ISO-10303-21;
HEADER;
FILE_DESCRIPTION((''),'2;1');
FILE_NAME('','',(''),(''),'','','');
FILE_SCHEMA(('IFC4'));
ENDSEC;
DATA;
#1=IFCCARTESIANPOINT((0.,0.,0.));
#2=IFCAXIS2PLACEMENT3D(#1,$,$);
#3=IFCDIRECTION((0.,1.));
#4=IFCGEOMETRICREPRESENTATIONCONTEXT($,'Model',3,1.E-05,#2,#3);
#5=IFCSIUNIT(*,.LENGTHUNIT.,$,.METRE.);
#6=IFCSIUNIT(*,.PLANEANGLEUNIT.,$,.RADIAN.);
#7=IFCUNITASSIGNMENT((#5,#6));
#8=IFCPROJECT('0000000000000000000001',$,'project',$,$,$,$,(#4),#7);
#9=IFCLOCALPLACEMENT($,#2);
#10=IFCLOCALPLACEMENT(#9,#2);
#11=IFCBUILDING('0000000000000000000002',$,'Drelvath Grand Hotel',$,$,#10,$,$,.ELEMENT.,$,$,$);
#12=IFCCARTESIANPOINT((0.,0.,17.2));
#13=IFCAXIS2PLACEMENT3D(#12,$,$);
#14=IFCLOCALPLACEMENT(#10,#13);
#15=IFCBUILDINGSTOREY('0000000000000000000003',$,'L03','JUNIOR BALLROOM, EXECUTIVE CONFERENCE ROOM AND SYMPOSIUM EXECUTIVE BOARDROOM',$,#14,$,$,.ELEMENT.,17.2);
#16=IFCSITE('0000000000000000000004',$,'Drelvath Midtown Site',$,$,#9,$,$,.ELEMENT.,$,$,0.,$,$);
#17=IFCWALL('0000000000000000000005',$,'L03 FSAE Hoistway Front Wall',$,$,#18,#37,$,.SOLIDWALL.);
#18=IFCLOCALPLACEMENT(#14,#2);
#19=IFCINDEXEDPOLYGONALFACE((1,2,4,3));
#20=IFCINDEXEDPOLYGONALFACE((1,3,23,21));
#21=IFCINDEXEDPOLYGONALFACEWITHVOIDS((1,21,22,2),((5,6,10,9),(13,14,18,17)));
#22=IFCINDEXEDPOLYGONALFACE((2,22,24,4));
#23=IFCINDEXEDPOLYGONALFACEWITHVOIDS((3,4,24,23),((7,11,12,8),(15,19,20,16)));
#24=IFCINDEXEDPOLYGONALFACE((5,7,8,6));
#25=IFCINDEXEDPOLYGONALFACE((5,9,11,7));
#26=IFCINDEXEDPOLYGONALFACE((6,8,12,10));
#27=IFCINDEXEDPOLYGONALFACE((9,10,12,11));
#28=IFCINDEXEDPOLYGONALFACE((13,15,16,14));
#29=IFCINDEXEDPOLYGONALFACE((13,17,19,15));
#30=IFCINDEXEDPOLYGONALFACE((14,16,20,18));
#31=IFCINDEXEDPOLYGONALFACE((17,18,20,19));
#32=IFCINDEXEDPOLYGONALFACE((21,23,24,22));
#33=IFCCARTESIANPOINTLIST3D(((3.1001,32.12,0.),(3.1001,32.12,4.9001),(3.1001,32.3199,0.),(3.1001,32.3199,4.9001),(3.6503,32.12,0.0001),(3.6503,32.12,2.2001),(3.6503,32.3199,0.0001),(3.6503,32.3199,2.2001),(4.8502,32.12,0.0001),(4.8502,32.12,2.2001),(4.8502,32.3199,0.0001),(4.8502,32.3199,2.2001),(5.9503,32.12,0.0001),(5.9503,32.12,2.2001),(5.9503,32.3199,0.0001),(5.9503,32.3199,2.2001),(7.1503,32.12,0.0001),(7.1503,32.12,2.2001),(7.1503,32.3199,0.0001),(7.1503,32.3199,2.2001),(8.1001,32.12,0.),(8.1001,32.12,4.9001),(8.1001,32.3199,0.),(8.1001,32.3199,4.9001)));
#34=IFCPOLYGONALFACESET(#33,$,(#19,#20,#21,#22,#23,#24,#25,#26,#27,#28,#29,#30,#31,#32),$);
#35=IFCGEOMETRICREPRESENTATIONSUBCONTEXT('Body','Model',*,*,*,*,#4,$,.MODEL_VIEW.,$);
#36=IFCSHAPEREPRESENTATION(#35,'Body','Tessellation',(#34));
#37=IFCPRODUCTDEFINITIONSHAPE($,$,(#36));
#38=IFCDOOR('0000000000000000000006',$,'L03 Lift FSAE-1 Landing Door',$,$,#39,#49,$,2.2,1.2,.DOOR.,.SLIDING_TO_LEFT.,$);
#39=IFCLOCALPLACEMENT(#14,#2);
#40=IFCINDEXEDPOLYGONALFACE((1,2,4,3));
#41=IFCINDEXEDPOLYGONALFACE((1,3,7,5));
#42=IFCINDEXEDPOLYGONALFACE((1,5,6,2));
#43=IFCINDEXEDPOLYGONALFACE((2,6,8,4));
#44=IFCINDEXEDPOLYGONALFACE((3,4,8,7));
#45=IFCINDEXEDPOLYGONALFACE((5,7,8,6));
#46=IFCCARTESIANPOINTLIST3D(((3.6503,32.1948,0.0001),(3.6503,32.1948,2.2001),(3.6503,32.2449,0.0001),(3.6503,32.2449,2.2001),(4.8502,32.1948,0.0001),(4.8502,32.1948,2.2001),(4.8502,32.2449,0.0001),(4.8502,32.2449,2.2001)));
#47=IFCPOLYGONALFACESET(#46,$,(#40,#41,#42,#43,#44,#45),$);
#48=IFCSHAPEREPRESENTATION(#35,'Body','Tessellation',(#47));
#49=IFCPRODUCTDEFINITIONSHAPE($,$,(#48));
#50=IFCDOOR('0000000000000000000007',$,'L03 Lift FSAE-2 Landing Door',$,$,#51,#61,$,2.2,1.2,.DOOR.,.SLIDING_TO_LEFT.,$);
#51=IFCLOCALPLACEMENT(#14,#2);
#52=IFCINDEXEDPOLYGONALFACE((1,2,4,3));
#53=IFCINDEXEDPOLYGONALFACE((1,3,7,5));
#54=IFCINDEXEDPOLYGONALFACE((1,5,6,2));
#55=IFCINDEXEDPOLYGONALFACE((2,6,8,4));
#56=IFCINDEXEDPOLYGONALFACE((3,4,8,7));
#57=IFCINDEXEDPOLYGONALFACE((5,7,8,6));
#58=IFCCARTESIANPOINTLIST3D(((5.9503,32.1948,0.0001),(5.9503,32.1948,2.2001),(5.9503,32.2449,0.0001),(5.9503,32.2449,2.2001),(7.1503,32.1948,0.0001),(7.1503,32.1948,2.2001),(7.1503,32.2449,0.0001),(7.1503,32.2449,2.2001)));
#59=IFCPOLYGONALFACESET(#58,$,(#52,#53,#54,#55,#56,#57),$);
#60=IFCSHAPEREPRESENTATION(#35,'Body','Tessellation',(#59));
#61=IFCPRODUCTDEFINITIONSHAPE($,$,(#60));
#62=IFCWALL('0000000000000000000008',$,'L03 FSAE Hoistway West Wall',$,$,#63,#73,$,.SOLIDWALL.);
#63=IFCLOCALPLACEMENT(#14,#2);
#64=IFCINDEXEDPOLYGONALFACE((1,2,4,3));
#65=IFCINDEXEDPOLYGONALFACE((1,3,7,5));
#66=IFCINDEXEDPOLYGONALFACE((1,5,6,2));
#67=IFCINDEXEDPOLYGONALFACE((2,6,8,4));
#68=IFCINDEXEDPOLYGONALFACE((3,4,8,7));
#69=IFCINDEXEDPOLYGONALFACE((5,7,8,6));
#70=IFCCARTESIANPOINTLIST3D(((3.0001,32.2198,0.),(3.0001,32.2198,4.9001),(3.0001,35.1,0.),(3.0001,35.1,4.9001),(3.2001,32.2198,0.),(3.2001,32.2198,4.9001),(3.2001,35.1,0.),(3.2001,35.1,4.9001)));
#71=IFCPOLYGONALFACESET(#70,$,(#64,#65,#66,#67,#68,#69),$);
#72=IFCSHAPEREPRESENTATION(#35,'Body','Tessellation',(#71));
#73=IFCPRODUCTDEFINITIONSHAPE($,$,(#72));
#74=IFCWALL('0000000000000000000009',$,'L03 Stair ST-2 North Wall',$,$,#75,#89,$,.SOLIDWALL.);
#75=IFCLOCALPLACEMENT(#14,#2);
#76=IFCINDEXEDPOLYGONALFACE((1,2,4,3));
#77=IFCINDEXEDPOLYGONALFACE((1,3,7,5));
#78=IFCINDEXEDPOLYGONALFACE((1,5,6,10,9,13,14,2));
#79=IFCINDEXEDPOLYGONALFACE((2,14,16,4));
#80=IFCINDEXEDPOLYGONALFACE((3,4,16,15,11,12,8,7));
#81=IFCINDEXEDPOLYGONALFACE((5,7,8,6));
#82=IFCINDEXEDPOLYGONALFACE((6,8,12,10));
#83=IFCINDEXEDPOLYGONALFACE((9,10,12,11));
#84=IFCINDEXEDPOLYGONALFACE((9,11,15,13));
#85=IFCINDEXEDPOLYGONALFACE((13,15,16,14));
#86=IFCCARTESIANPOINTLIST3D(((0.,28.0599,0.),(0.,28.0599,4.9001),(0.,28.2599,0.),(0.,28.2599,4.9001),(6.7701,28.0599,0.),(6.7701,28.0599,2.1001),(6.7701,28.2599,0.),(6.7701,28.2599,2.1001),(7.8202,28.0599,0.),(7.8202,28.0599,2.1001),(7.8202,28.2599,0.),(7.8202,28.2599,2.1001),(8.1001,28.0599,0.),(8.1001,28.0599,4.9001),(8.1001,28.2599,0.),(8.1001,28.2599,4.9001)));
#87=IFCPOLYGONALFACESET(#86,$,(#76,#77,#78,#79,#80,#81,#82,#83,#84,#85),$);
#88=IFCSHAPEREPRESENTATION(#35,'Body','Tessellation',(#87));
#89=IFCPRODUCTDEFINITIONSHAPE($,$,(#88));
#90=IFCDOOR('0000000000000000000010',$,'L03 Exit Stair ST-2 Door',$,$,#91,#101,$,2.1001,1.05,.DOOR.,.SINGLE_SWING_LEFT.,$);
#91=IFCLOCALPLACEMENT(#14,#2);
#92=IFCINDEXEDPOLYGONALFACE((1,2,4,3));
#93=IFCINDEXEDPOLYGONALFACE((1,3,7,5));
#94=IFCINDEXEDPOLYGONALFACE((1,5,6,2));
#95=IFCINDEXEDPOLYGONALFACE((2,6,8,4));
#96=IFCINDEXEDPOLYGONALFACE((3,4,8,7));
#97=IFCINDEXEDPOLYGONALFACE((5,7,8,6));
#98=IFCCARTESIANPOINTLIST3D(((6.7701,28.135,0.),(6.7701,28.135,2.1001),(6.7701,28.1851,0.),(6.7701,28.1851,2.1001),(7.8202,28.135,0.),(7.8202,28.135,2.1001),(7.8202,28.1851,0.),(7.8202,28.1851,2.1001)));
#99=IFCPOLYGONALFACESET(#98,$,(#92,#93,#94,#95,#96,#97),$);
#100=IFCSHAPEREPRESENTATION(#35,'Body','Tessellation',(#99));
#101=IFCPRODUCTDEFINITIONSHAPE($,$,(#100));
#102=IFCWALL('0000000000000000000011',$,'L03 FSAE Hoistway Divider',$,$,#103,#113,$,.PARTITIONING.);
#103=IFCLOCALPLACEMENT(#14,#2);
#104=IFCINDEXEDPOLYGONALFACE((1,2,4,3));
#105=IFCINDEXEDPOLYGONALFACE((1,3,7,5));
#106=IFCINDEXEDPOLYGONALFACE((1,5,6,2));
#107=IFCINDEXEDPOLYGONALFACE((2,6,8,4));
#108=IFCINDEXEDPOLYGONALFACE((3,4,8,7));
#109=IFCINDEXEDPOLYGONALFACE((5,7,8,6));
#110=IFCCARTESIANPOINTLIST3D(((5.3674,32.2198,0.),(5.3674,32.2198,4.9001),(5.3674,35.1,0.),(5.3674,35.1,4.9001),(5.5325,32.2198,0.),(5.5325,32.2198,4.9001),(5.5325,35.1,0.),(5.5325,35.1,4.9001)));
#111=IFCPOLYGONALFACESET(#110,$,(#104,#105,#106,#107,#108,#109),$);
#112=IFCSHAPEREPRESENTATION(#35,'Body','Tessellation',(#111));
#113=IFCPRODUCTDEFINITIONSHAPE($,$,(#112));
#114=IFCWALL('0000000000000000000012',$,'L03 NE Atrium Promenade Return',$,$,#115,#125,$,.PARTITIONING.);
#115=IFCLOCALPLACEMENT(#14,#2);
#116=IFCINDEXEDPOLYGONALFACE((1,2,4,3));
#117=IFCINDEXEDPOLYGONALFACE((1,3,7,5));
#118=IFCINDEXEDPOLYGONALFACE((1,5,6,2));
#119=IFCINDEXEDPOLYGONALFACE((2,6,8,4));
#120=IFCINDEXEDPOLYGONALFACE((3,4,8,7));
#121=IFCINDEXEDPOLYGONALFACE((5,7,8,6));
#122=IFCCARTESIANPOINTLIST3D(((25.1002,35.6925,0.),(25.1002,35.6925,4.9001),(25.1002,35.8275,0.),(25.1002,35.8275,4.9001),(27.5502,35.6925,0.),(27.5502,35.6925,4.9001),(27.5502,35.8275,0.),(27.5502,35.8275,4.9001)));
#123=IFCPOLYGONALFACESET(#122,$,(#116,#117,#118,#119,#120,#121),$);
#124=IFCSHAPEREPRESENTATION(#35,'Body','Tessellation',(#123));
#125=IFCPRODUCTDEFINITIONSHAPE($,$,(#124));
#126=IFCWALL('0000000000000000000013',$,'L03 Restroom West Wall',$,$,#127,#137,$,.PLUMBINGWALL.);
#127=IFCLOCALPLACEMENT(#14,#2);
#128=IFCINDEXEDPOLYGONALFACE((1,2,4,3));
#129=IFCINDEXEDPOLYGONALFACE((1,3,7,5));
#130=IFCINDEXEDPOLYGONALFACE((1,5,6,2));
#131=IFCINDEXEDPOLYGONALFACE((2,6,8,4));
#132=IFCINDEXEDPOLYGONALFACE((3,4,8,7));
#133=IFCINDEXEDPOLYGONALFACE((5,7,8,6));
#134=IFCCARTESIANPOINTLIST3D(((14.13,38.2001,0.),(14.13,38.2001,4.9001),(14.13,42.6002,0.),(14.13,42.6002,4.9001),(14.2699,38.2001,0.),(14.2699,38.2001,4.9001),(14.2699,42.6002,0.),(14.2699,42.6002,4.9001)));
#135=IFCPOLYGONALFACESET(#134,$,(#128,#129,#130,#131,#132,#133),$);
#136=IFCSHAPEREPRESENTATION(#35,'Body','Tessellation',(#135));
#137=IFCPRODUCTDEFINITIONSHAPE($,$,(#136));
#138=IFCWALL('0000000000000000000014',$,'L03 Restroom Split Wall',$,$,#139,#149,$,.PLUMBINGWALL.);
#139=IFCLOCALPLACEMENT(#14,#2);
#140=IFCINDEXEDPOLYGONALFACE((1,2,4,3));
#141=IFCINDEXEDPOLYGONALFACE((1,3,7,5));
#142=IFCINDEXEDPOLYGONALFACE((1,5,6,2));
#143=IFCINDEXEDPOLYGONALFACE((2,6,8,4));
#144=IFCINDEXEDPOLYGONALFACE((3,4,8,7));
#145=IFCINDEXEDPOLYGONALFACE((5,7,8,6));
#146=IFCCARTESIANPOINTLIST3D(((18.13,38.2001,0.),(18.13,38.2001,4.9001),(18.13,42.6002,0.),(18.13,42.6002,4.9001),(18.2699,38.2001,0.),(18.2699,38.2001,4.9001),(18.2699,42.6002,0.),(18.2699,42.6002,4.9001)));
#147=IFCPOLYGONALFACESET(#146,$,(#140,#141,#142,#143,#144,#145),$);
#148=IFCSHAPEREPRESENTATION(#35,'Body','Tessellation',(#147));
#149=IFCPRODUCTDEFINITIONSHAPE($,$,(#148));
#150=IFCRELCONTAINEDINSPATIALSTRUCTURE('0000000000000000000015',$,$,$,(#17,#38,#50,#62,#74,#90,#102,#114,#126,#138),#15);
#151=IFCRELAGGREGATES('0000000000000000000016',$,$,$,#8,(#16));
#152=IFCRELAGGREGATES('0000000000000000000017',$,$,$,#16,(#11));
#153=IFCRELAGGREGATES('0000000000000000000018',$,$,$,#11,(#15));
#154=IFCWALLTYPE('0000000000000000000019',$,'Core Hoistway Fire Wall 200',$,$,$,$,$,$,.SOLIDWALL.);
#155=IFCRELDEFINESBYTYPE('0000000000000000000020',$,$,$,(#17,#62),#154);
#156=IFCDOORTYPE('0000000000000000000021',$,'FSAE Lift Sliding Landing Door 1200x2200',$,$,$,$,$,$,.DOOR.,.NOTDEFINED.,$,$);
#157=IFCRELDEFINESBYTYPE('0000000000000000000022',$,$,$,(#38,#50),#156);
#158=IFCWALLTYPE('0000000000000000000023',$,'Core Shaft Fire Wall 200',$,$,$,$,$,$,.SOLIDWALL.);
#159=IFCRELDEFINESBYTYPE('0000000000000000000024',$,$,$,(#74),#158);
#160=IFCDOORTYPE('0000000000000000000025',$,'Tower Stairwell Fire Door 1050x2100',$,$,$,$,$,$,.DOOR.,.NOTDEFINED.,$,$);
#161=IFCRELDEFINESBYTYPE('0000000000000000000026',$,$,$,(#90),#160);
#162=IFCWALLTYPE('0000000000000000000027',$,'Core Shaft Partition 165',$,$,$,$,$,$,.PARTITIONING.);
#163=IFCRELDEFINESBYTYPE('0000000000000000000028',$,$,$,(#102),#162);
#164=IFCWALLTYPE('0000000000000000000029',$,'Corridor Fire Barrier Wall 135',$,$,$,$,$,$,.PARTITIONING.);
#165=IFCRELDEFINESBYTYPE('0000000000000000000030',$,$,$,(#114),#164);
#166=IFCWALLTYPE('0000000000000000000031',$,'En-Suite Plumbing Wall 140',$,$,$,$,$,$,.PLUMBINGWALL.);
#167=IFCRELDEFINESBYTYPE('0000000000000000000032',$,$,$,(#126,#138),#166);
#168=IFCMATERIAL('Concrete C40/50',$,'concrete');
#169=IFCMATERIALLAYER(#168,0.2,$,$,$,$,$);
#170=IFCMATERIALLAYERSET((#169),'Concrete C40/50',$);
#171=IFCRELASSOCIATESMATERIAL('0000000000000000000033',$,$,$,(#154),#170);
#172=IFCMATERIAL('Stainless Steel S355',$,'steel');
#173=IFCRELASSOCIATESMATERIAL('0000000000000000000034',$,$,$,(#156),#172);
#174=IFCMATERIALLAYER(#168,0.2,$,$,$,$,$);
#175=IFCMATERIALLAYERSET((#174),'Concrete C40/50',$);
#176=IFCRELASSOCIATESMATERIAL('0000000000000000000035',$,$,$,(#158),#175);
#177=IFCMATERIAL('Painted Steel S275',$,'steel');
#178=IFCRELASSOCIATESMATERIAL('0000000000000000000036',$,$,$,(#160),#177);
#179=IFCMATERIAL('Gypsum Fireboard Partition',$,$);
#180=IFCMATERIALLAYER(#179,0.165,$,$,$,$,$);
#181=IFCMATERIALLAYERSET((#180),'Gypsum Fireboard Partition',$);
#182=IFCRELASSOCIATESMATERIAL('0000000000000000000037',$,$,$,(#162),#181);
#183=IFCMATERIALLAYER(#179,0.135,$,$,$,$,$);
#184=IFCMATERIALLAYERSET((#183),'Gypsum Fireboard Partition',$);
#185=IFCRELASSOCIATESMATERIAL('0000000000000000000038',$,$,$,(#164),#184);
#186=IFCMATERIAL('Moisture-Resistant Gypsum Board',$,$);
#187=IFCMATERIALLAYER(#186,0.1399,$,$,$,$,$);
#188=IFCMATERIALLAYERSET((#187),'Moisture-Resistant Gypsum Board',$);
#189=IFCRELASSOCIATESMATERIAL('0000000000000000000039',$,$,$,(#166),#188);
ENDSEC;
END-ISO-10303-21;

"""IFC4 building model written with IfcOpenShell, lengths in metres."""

from ifc_helpers import new_model, si_unit, direction, frame, frame_2d, origin, place, context, subcontext, project, spatial, rectangle, extrude, material, layer, layer_set, type_object, element, fill, save


model = new_model("IFC4")

# Units and contexts
model_context = context("Model", 3, precision=1e-05, world=origin(), true_north=direction((0.0, 1.0)))
body_context = subcontext(model_context, "Body", "Model", "MODEL_VIEW")
ifc_project = project(units=[si_unit("LENGTHUNIT", "METRE"), si_unit("PLANEANGLEUNIT", "RADIAN")], contexts=[model_context])

# Site, building, storey
site_placement = place(None, origin())
site = spatial("IfcSite", under=ifc_project, at=site_placement, Name="Drelvath Midtown Site", CompositionType="ELEMENT", RefElevation=0.0)
building_placement = place(site_placement, origin())
building = spatial("IfcBuilding", under=site, at=building_placement, Name="Drelvath Grand Hotel", CompositionType="ELEMENT")
storey_placement = place(building_placement, frame((0.0, 0.0, 17.2)))
storey = spatial("IfcBuildingStorey", under=building, at=storey_placement, Name="L03", Description="JUNIOR BALLROOM, EXECUTIVE CONFERENCE ROOM AND SYMPOSIUM EXECUTIVE BOARDROOM", CompositionType="ELEMENT", Elevation=17.2)

# Wall, openings, doors
ifc_material_1 = material(Name="Concrete C40/50", Category="concrete")
ifc_layer_1 = layer(ifc_material_1, 0.2)
ifc_layer_set_1 = layer_set([ifc_layer_1], Name="Concrete C40/50")
wall_type_1 = type_object("IfcWallType", Name="Core Hoistway Fire Wall 200", PredefinedType="SOLIDWALL", material=ifc_layer_set_1)
wall_1_placement = place(storey_placement, frame((3.1001, 32.22, 0.0), z_axis=(0.0, 0.0, 1.0), x_axis=(1.0, 0.0, 0.0)))
wall_1 = element("IfcWall", 1, at=wall_1_placement, inside=storey, type_object=wall_type_1, Name="L03 FSAE Hoistway Front Wall", PredefinedType="SOLIDWALL", context=body_context, shape_type="SweptSolid", body=[
    extrude(rectangle(XDim=5.0, YDim=0.2, at=frame_2d((2.5, 0.0))), origin(), (0.0, 0.0, 1.0), 4.9001),
])
opening_1_placement = place(wall_1_placement, frame((0.55, 0.0, 0.0)))
opening_1 = element("IfcOpeningElement", 2, at=opening_1_placement, cuts=wall_1, PredefinedType="OPENING", context=body_context, shape_type="SweptSolid", body=[
    extrude(rectangle(XDim=1.2, YDim=2.2, at=frame_2d((0.6001, 1.1001))), frame((0.0, 0.1099, 0.0), z_axis=(0.0, -1.0, 0.0), x_axis=(1.0, 0.0, 0.0)), (0.0, 0.0, 1.0), 0.22),
])
opening_2_placement = place(wall_1_placement, frame((2.8501, 0.0, 0.0)))
opening_2 = element("IfcOpeningElement", 3, at=opening_2_placement, cuts=wall_1, PredefinedType="OPENING", context=body_context, shape_type="SweptSolid", body=[
    extrude(rectangle(XDim=1.2, YDim=2.2, at=frame_2d((0.6001, 1.1001))), frame((0.0, 0.1099, 0.0), z_axis=(0.0, -1.0, 0.0), x_axis=(1.0, 0.0, 0.0)), (0.0, 0.0, 1.0), 0.22),
])
ifc_material_2 = material(Name="Stainless Steel S355", Category="steel")
door_type_1 = type_object("IfcDoorType", Name="FSAE Lift Sliding Landing Door 1200x2200", OperationType="NOTDEFINED", PredefinedType="DOOR", material=ifc_material_2)
door_1_placement = place(opening_1_placement, origin())
door_1 = element("IfcDoor", 4, at=door_1_placement, inside=storey, type_object=door_type_1, Name="L03 Lift FSAE-1 Landing Door", OperationType="SLIDING_TO_LEFT", OverallHeight=2.2, OverallWidth=1.2, PredefinedType="DOOR", context=body_context, shape_type="SweptSolid", body=[
    extrude(rectangle(XDim=1.2, YDim=2.2, at=frame_2d((0.6001, 1.1001))), frame((0.0, 0.0249, 0.0), z_axis=(0.0, -1.0, 0.0), x_axis=(1.0, 0.0, 0.0)), (0.0, 0.0, 1.0), 0.05),
])
fill(opening_1, door_1)
door_2_placement = place(opening_2_placement, origin())
door_2 = element("IfcDoor", 5, at=door_2_placement, inside=storey, type_object=door_type_1, Name="L03 Lift FSAE-2 Landing Door", OperationType="SLIDING_TO_LEFT", OverallHeight=2.2, OverallWidth=1.2, PredefinedType="DOOR", context=body_context, shape_type="SweptSolid", body=[
    extrude(rectangle(XDim=1.2, YDim=2.2, at=frame_2d((0.6001, 1.1001))), frame((0.0, 0.0249, 0.0), z_axis=(0.0, -1.0, 0.0), x_axis=(1.0, 0.0, 0.0)), (0.0, 0.0, 1.0), 0.05),
])
fill(opening_2, door_2)

# Wall
wall_2_placement = place(storey_placement, frame((3.1001, 32.22, 0.0), z_axis=(0.0, 0.0, 1.0), x_axis=(0.0, 1.0, 0.0)))
element("IfcWall", 6, at=wall_2_placement, inside=storey, type_object=wall_type_1, Name="L03 FSAE Hoistway West Wall", PredefinedType="SOLIDWALL", context=body_context, shape_type="SweptSolid", body=[
    extrude(rectangle(XDim=2.8801, YDim=0.2, at=frame_2d((1.4399, 0.0))), origin(), (0.0, 0.0, 1.0), 4.9001),
])

# Wall, opening, door
ifc_layer_2 = layer(ifc_material_1, 0.2)
ifc_layer_set_2 = layer_set([ifc_layer_2], Name="Concrete C40/50")
wall_type_2 = type_object("IfcWallType", Name="Core Shaft Fire Wall 200", PredefinedType="SOLIDWALL", material=ifc_layer_set_2)
wall_3_placement = place(storey_placement, frame((8.1001, 28.1599, 0.0), z_axis=(0.0, 0.0, 1.0), x_axis=(-1.0, 0.0, 0.0)))
wall_3 = element("IfcWall", 7, at=wall_3_placement, inside=storey, type_object=wall_type_2, Name="L03 Stair ST-2 North Wall", PredefinedType="SOLIDWALL", context=body_context, shape_type="SweptSolid", body=[
    extrude(rectangle(XDim=8.1001, YDim=0.2, at=frame_2d((4.05, 0.0))), origin(), (0.0, 0.0, 1.0), 4.9001),
])
opening_3_placement = place(wall_3_placement, frame((0.28, 0.0, 0.0)))
opening_3 = element("IfcOpeningElement", 8, at=opening_3_placement, cuts=wall_3, PredefinedType="OPENING", context=body_context, shape_type="SweptSolid", body=[
    extrude(rectangle(XDim=1.05, YDim=2.1001, at=frame_2d((0.5249, 1.05))), frame((0.0, 0.1099, 0.0), z_axis=(0.0, -1.0, 0.0), x_axis=(1.0, 0.0, 0.0)), (0.0, 0.0, 1.0), 0.22),
])
ifc_material_3 = material(Name="Painted Steel S275", Category="steel")
door_type_2 = type_object("IfcDoorType", Name="Tower Stairwell Fire Door 1050x2100", OperationType="NOTDEFINED", PredefinedType="DOOR", material=ifc_material_3)
door_3_placement = place(opening_3_placement, origin())
door_3 = element("IfcDoor", 9, at=door_3_placement, inside=storey, type_object=door_type_2, Name="L03 Exit Stair ST-2 Door", OperationType="SINGLE_SWING_LEFT", OverallHeight=2.1001, OverallWidth=1.05, PredefinedType="DOOR", context=body_context, shape_type="SweptSolid", body=[
    extrude(rectangle(XDim=1.05, YDim=2.1001, at=frame_2d((0.5249, 1.05))), frame((0.0, 0.0249, 0.0), z_axis=(0.0, -1.0, 0.0), x_axis=(1.0, 0.0, 0.0)), (0.0, 0.0, 1.0), 0.05),
])
fill(opening_3, door_3)

# Walls
ifc_material_4 = material(Name="Gypsum Fireboard Partition")
ifc_layer_3 = layer(ifc_material_4, 0.165)
ifc_layer_set_3 = layer_set([ifc_layer_3], Name="Gypsum Fireboard Partition")
wall_type_3 = type_object("IfcWallType", Name="Core Shaft Partition 165", PredefinedType="PARTITIONING", material=ifc_layer_set_3)
wall_4_placement = place(storey_placement, frame((5.45, 32.22, 0.0), z_axis=(0.0, 0.0, 1.0), x_axis=(0.0, 1.0, 0.0)))
element("IfcWall", 10, at=wall_4_placement, inside=storey, type_object=wall_type_3, Name="L03 FSAE Hoistway Divider", PredefinedType="PARTITIONING", context=body_context, shape_type="SweptSolid", body=[
    extrude(rectangle(XDim=2.8801, YDim=0.165, at=frame_2d((1.4399, 0.0))), origin(), (0.0, 0.0, 1.0), 4.9001),
])
ifc_layer_4 = layer(ifc_material_4, 0.135)
ifc_layer_set_4 = layer_set([ifc_layer_4], Name="Gypsum Fireboard Partition")
wall_type_4 = type_object("IfcWallType", Name="Corridor Fire Barrier Wall 135", PredefinedType="PARTITIONING", material=ifc_layer_set_4)
wall_5_placement = place(storey_placement, frame((25.1001, 35.76, 0.0), z_axis=(0.0, 0.0, 1.0), x_axis=(1.0, 0.0, 0.0)))
element("IfcWall", 11, at=wall_5_placement, inside=storey, type_object=wall_type_4, Name="L03 NE Atrium Promenade Return", PredefinedType="PARTITIONING", context=body_context, shape_type="SweptSolid", body=[
    extrude(rectangle(XDim=2.45, YDim=0.135, at=frame_2d((1.2251, 0.0))), origin(), (0.0, 0.0, 1.0), 4.9001),
])
ifc_material_5 = material(Name="Moisture-Resistant Gypsum Board")
ifc_layer_5 = layer(ifc_material_5, 0.1399)
ifc_layer_set_5 = layer_set([ifc_layer_5], Name="Moisture-Resistant Gypsum Board")
wall_type_5 = type_object("IfcWallType", Name="En-Suite Plumbing Wall 140", PredefinedType="PLUMBINGWALL", material=ifc_layer_set_5)
for number, where, z_axis, x_axis, name in (
    (12, (14.2, 38.2, 0.0), (0.0, 0.0, 1.0), (0.0, 1.0, 0.0), "L03 Restroom West Wall"),
    (13, (18.2, 38.2, 0.0), (0.0, 0.0, 1.0), (0.0, 1.0, 0.0), "L03 Restroom Split Wall"),
):
    element("IfcWall", number, at=place(storey_placement, frame(where, z_axis=z_axis, x_axis=x_axis)), inside=storey, type_object=wall_type_5, Name=name, PredefinedType="PLUMBINGWALL", context=body_context, shape_type="SweptSolid", body=[
        extrude(rectangle(XDim=4.4001, YDim=0.1399, at=frame_2d((2.2002, 0.0))), origin(), (0.0, 0.0, 1.0), 4.9001),
    ])

save(model, "model.ifc")
